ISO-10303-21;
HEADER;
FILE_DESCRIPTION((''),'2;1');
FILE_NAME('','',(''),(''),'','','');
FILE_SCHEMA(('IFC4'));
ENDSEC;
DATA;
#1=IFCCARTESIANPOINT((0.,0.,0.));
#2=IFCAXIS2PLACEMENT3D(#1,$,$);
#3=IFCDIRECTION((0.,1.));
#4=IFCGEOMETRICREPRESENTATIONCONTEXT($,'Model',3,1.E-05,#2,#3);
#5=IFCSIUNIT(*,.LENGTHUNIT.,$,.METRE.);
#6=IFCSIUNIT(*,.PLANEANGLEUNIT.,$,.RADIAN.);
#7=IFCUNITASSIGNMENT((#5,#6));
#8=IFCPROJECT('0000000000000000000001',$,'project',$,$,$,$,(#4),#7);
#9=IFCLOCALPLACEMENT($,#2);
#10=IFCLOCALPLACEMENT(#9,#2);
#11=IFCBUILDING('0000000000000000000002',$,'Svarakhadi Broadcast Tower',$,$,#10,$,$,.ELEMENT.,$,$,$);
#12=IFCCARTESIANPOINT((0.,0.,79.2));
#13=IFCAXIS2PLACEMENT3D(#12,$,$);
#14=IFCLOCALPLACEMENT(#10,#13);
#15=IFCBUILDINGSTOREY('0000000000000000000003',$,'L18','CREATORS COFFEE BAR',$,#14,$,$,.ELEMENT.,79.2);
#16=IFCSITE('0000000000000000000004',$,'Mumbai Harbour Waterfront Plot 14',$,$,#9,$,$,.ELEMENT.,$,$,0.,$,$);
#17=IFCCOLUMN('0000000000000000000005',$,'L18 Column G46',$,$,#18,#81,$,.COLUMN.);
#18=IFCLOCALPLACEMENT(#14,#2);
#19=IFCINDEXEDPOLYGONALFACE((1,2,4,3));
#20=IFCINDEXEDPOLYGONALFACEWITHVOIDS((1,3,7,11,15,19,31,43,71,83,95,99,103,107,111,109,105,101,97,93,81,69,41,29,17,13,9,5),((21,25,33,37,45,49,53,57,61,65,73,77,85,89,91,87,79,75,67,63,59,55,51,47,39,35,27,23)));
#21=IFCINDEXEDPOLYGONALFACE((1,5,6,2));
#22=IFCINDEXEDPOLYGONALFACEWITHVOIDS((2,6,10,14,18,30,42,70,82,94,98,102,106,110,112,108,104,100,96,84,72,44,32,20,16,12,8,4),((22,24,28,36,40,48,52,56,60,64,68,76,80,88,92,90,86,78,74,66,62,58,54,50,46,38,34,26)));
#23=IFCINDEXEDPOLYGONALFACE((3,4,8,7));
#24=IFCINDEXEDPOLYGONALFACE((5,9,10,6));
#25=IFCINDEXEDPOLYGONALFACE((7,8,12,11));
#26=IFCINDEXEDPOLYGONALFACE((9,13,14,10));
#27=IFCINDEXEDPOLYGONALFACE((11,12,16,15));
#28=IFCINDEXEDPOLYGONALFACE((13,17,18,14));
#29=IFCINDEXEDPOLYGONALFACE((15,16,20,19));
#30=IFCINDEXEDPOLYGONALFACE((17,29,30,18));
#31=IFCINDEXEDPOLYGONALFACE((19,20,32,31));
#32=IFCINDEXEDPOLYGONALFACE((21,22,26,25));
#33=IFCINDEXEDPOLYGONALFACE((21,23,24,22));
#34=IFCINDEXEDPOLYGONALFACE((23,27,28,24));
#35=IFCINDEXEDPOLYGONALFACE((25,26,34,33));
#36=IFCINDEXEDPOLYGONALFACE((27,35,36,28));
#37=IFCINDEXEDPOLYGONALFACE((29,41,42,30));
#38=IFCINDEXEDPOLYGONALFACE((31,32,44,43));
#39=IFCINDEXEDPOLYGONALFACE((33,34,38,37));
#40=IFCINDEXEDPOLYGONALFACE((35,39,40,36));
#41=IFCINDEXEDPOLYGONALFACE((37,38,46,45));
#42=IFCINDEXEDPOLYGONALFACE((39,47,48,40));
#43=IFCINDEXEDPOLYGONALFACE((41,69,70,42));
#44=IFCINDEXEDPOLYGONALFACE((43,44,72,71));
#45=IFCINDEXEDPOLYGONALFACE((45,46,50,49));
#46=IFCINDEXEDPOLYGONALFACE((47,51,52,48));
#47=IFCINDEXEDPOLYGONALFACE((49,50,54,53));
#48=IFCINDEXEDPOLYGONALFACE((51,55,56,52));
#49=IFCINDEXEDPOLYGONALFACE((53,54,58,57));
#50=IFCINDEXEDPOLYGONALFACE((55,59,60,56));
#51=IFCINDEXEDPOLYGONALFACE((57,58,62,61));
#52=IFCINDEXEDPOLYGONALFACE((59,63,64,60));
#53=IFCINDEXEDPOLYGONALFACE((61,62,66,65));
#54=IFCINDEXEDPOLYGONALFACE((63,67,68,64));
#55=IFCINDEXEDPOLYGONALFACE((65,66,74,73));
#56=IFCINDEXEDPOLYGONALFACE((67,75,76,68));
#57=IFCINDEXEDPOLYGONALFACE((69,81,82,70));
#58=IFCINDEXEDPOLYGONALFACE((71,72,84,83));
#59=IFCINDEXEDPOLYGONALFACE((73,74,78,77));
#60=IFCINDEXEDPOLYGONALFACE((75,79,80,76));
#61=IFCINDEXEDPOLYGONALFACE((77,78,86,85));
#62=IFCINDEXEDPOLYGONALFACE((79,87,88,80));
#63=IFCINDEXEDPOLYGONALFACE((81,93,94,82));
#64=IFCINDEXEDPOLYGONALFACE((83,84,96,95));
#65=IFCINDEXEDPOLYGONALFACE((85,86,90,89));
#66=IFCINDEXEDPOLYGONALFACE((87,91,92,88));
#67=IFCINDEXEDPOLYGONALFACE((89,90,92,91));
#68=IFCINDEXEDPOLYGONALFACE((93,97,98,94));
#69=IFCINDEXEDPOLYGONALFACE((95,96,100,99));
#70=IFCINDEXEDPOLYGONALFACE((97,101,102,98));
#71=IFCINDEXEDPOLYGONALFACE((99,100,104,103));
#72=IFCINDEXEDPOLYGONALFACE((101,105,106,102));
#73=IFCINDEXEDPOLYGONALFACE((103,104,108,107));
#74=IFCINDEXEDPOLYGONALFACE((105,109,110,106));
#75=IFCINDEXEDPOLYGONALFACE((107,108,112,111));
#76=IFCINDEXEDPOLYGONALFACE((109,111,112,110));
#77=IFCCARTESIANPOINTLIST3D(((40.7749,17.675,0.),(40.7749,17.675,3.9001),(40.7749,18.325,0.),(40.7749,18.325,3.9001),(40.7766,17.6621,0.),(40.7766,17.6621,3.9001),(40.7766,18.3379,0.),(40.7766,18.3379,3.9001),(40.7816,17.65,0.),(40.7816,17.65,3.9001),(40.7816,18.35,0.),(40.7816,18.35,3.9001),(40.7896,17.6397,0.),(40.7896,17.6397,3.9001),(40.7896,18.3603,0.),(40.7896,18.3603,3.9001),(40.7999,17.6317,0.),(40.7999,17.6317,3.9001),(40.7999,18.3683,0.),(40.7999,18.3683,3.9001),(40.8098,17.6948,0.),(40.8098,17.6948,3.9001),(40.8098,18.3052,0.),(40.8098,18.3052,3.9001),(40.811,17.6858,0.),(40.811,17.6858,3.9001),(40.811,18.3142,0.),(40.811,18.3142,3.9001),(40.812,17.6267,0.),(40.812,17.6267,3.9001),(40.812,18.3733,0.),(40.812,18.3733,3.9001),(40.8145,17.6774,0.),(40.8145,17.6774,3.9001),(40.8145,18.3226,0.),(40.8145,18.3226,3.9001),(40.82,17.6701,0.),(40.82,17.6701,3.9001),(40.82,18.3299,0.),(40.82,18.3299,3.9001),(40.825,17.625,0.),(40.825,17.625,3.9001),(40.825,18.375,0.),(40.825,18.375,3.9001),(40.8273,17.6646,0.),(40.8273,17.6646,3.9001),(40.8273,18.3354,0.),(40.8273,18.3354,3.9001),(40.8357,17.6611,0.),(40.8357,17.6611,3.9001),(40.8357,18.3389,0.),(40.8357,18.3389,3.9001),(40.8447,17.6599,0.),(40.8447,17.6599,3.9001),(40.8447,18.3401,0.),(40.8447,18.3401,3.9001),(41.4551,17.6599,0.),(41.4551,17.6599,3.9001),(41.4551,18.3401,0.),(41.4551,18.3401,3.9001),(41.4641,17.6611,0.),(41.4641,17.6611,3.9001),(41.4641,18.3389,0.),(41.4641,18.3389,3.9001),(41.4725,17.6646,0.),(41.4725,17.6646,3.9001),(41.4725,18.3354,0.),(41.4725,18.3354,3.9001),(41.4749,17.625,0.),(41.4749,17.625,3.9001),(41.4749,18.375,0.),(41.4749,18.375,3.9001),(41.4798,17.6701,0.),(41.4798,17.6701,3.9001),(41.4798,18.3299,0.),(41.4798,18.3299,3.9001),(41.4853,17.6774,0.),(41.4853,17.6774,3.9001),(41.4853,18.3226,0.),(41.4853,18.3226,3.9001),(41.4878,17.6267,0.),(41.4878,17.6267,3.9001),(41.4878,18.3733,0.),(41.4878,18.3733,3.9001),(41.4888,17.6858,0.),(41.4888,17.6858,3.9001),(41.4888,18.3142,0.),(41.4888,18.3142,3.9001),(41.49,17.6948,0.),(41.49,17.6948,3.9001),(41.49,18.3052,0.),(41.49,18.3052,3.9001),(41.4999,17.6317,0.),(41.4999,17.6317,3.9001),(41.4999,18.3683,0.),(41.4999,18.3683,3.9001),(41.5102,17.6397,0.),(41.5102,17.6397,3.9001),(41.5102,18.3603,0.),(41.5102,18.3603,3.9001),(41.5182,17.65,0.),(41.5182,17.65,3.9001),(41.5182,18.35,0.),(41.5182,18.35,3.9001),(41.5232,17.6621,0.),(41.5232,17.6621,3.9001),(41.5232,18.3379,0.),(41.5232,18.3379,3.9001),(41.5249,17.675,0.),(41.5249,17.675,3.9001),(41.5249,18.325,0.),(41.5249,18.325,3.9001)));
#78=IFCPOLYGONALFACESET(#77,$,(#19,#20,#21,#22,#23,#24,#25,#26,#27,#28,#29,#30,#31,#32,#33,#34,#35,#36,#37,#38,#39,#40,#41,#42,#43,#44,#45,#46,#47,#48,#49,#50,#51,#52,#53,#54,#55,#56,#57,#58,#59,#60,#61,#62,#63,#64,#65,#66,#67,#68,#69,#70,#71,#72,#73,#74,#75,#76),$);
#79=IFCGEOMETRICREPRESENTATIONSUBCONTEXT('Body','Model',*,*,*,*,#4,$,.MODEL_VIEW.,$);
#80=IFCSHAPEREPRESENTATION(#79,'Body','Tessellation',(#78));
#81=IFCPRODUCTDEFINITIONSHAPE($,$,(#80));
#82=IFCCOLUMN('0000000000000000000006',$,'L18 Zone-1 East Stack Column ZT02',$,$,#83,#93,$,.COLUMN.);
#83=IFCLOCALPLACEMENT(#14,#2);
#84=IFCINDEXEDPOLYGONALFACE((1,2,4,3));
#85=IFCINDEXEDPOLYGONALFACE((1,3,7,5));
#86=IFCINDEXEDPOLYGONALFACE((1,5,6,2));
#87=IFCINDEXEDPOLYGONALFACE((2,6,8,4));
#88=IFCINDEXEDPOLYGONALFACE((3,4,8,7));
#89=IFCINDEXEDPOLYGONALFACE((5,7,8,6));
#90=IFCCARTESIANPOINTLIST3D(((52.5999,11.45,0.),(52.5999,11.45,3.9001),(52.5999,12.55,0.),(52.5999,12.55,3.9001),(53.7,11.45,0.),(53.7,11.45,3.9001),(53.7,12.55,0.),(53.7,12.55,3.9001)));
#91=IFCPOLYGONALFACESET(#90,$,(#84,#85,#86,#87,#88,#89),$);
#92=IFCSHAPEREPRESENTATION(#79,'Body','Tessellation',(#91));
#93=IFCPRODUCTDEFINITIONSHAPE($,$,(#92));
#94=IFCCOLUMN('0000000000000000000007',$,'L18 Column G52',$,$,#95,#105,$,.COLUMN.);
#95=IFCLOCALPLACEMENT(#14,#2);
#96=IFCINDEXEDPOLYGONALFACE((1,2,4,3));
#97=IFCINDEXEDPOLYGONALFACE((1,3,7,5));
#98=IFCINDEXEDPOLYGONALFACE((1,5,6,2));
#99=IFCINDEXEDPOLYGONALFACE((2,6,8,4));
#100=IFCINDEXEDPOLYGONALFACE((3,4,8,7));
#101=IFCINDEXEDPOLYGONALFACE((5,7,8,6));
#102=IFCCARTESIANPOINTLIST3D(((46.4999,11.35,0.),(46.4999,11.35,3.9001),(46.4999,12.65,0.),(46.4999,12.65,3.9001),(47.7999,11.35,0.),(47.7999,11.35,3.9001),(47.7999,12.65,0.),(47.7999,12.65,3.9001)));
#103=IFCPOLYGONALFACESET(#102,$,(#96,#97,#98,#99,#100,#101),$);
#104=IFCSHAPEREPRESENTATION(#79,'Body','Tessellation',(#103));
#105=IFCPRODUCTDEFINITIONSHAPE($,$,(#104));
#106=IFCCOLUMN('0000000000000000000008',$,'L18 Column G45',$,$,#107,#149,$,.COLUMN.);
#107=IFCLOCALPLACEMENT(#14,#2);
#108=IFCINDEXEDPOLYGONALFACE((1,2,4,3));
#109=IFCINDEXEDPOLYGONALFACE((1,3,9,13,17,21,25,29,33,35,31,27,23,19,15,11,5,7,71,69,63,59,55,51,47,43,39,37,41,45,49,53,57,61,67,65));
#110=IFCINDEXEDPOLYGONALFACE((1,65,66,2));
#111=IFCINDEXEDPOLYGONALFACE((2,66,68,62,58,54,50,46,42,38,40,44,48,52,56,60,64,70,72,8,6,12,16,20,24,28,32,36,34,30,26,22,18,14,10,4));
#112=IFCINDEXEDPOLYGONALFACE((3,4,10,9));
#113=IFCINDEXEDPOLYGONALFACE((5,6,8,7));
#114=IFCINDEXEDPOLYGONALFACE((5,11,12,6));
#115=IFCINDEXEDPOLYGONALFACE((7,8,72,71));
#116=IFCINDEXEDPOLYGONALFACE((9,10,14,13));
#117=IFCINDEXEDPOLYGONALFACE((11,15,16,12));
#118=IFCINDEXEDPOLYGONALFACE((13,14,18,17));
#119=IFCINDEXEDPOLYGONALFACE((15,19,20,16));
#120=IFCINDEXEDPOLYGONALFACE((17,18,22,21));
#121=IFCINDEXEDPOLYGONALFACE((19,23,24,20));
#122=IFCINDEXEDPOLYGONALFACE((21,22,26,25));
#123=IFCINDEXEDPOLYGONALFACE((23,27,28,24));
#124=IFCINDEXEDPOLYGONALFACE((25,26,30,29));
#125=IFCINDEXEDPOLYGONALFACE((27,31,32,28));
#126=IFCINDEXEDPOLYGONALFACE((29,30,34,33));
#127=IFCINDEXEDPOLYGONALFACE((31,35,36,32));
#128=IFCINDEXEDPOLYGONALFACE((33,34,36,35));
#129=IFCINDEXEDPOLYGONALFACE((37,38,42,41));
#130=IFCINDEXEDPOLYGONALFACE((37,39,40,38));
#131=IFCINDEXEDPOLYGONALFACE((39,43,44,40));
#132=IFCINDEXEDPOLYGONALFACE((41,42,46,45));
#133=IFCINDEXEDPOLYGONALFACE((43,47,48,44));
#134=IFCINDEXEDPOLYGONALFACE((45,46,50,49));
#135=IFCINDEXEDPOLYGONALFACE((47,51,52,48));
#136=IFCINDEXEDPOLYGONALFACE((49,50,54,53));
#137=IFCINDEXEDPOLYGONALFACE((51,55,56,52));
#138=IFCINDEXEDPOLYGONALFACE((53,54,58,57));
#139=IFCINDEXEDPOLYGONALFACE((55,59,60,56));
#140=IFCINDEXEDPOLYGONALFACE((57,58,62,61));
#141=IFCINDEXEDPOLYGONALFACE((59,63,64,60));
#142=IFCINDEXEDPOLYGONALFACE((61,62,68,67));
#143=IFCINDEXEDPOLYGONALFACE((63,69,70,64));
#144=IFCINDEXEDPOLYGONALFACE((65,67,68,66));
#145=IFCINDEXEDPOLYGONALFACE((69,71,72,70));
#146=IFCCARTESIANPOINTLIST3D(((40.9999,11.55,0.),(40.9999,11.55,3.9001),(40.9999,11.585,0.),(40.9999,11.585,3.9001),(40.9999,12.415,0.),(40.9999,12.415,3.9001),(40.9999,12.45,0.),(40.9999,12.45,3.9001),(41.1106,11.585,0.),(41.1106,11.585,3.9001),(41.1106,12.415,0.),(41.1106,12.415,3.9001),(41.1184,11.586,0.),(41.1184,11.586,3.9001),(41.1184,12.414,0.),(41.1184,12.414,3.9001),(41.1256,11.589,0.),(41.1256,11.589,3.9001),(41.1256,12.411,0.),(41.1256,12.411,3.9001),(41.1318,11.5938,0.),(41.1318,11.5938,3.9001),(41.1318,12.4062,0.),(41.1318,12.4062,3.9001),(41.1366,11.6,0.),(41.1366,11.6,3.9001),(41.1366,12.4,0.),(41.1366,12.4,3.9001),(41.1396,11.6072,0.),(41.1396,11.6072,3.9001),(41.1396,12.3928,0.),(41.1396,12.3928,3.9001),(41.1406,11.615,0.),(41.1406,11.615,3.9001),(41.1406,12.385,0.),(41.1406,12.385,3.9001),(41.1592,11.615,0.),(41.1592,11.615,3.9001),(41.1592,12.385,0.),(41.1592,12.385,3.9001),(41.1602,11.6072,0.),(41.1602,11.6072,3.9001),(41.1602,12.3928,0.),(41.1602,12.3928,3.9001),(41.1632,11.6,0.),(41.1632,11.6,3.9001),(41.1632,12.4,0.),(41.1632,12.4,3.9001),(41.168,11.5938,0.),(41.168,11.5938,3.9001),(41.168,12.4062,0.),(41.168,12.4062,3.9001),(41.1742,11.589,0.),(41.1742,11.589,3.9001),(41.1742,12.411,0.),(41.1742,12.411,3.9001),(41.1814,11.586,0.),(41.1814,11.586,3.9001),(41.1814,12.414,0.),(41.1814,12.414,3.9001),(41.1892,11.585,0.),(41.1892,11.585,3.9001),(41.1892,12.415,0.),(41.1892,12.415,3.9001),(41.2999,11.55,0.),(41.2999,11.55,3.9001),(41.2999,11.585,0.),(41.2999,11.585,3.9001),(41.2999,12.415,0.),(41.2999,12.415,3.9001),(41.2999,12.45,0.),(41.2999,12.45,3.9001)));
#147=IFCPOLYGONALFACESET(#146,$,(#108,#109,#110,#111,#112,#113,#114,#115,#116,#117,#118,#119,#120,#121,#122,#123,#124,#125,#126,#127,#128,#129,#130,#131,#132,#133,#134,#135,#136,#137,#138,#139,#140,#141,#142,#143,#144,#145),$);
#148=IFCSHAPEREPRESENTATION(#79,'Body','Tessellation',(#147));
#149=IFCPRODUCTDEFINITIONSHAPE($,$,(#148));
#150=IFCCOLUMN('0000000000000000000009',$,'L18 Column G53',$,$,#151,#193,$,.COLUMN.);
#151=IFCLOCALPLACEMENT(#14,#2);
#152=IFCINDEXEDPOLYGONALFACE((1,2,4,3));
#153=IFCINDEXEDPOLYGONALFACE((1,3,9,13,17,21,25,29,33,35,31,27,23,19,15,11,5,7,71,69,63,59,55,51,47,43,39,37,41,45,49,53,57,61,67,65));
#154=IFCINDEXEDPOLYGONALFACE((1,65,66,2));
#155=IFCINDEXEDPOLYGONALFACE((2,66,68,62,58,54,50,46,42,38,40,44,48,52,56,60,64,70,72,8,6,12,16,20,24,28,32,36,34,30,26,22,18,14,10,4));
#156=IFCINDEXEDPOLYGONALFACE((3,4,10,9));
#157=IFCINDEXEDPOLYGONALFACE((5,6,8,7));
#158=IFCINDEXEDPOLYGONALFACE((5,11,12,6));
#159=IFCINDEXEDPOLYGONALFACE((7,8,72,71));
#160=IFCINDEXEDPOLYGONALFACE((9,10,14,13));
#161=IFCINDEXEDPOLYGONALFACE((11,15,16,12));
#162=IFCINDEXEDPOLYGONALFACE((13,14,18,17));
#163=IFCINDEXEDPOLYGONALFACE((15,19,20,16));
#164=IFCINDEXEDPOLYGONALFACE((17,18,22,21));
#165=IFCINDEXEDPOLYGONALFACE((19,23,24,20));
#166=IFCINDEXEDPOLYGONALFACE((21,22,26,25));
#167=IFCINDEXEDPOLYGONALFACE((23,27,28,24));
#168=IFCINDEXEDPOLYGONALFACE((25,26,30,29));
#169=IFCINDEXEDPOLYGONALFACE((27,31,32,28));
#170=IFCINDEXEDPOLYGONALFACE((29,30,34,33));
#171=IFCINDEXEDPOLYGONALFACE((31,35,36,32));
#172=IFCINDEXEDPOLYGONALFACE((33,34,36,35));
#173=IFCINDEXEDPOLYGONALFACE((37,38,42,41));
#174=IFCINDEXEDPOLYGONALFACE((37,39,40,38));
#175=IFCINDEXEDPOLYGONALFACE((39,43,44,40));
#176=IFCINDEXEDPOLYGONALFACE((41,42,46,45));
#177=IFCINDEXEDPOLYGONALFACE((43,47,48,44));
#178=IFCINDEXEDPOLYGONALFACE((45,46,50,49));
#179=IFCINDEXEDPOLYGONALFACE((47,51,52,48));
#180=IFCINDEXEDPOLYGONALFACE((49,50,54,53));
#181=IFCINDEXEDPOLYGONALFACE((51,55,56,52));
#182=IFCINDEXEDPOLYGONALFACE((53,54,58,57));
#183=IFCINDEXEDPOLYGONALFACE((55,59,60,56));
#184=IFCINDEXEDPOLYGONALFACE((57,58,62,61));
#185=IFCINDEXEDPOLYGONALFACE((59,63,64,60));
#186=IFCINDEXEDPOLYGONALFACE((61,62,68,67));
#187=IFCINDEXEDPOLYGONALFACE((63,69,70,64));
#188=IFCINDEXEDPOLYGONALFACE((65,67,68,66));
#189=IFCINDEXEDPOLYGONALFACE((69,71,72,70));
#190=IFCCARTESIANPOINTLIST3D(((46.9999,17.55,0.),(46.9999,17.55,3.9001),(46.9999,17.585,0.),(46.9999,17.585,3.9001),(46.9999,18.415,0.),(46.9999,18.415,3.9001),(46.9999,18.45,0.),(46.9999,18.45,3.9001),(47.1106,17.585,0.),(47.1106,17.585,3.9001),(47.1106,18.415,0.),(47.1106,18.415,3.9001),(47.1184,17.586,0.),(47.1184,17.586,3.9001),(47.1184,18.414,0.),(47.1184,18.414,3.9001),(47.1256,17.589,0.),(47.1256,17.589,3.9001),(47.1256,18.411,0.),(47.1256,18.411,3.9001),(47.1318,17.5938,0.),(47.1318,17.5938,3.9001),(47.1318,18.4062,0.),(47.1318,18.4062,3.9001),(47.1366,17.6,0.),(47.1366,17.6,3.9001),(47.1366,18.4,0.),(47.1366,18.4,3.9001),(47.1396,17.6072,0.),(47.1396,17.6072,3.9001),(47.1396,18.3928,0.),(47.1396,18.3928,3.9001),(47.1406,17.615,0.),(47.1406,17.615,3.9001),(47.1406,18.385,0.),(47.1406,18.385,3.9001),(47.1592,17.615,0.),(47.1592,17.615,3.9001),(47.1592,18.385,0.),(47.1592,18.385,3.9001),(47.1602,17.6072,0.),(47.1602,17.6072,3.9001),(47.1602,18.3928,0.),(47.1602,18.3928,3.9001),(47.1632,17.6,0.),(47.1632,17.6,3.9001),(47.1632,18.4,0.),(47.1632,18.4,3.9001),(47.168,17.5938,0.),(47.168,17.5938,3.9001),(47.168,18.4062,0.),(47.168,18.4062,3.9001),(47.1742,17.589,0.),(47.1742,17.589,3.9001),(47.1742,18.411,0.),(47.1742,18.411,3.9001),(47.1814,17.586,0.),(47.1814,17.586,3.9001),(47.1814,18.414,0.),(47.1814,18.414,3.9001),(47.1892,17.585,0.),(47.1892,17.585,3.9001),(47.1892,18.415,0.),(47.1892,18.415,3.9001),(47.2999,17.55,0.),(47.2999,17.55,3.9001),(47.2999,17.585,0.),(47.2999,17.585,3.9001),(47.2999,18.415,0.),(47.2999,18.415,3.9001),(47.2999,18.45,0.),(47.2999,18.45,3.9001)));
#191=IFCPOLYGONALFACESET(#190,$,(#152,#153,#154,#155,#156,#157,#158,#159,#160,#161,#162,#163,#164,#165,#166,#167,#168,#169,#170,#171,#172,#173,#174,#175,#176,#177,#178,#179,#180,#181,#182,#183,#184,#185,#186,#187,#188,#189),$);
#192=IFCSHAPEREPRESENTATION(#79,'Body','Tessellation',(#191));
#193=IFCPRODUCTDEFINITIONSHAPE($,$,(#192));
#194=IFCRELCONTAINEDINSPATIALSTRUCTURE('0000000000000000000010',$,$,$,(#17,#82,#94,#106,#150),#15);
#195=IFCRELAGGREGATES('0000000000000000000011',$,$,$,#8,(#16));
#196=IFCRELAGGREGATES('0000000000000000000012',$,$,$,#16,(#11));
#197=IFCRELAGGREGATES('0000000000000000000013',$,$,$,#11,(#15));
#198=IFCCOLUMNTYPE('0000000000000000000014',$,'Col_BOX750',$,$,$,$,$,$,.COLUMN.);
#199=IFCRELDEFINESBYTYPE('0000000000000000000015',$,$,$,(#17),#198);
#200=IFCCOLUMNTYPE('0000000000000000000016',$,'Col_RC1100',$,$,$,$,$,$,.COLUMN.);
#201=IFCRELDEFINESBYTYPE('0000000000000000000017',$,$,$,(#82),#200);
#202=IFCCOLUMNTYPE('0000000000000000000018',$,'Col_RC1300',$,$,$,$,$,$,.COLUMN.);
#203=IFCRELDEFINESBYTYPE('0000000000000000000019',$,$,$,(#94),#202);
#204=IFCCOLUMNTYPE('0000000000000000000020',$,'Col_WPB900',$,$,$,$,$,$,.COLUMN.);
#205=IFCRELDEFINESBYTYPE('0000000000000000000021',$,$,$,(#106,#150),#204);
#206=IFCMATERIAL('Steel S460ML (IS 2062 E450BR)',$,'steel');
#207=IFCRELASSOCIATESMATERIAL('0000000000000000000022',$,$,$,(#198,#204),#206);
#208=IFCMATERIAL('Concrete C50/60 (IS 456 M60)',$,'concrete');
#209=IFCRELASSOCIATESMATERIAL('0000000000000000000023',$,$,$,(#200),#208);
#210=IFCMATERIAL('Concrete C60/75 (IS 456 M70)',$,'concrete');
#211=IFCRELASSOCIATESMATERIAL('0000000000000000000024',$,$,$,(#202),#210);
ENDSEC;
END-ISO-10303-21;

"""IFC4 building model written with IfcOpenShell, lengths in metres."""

from ifc_helpers import new_model, si_unit, direction, frame, origin, origin_2d, place, context, subcontext, project, spatial, rectangle, hollow_rectangle, i_section, extrude, material, material_profile, profile_set, type_object, element, save


model = new_model("IFC4")

# Units and contexts
model_context = context("Model", 3, precision=1e-05, world=origin(), true_north=direction((0.0, 1.0)))
body_context = subcontext(model_context, "Body", "Model", "MODEL_VIEW")
ifc_project = project(units=[si_unit("LENGTHUNIT", "METRE"), si_unit("PLANEANGLEUNIT", "RADIAN")], contexts=[model_context])

# Site, building, storey
site_placement = place(None, origin())
site = spatial("IfcSite", under=ifc_project, at=site_placement, Name="Mumbai Harbour Waterfront Plot 14", CompositionType="ELEMENT", RefElevation=0.0)
building_placement = place(site_placement, origin())
building = spatial("IfcBuilding", under=site, at=building_placement, Name="Svarakhadi Broadcast Tower", CompositionType="ELEMENT")
storey_placement = place(building_placement, frame((0.0, 0.0, 79.2)))
storey = spatial("IfcBuildingStorey", under=building, at=storey_placement, Name="L18", Description="CREATORS COFFEE BAR", CompositionType="ELEMENT", Elevation=79.2)

# Columns
ifc_material_1 = material(Name="Steel S460ML (IS 2062 E450BR)", Category="steel")
ifc_material_profile_1 = material_profile(ifc_material_1, hollow_rectangle(XDim=0.75, YDim=0.75, WallThickness=0.0349, InnerFilletRadius=0.0349, OuterFilletRadius=0.05, at=origin_2d()), Name="BOX 750x750x35")
ifc_profile_set_1 = profile_set([ifc_material_profile_1], Name="Steel S460ML (IS 2062 E450BR)")
column_type_1 = type_object("IfcColumnType", Name="Col_BOX750", PredefinedType="COLUMN", material=ifc_profile_set_1)
column_1_placement = place(storey_placement, frame((41.1499, 18.0, 0.0), z_axis=(0.0, 0.0, 1.0), x_axis=(1.0, 0.0, 0.0)))
element("IfcColumn", 1, at=column_1_placement, inside=storey, type_object=column_type_1, Name="L18 Column G46", PredefinedType="COLUMN", context=body_context, shape_type="SweptSolid", body=[
    extrude(hollow_rectangle(XDim=0.75, YDim=0.75, WallThickness=0.0349, InnerFilletRadius=0.0349, OuterFilletRadius=0.05, at=origin_2d()), origin(), (0.0, 0.0, 1.0), 3.9001),
])
ifc_material_2 = material(Name="Concrete C50/60 (IS 456 M60)", Category="concrete")
ifc_material_profile_2 = material_profile(ifc_material_2, rectangle(XDim=1.1001, YDim=1.1001, at=origin_2d()), Name="RC 1100x1100")
ifc_profile_set_2 = profile_set([ifc_material_profile_2], Name="Concrete C50/60 (IS 456 M60)")
column_type_2 = type_object("IfcColumnType", Name="Col_RC1100", PredefinedType="COLUMN", material=ifc_profile_set_2)
column_2_placement = place(storey_placement, frame((53.1499, 12.0, 0.0), z_axis=(0.0, 0.0, 1.0), x_axis=(1.0, 0.0, 0.0)))
element("IfcColumn", 2, at=column_2_placement, inside=storey, type_object=column_type_2, Name="L18 Zone-1 East Stack Column ZT02", PredefinedType="COLUMN", context=body_context, shape_type="SweptSolid", body=[
    extrude(rectangle(XDim=1.1001, YDim=1.1001, at=origin_2d()), origin(), (0.0, 0.0, 1.0), 3.9001),
])
ifc_material_3 = material(Name="Concrete C60/75 (IS 456 M70)", Category="concrete")
ifc_material_profile_3 = material_profile(ifc_material_3, rectangle(XDim=1.3, YDim=1.3, at=origin_2d()), Name="RC 1300x1300")
ifc_profile_set_3 = profile_set([ifc_material_profile_3], Name="Concrete C60/75 (IS 456 M70)")
column_type_3 = type_object("IfcColumnType", Name="Col_RC1300", PredefinedType="COLUMN", material=ifc_profile_set_3)
column_3_placement = place(storey_placement, frame((47.1499, 12.0, 0.0), z_axis=(0.0, 0.0, 1.0), x_axis=(1.0, 0.0, 0.0)))
element("IfcColumn", 3, at=column_3_placement, inside=storey, type_object=column_type_3, Name="L18 Column G52", PredefinedType="COLUMN", context=body_context, shape_type="SweptSolid", body=[
    extrude(rectangle(XDim=1.3, YDim=1.3, at=origin_2d()), origin(), (0.0, 0.0, 1.0), 3.9001),
])
ifc_material_profile_4 = material_profile(ifc_material_1, i_section(OverallWidth=0.3, OverallDepth=0.8999, WebThickness=0.0186, FlangeThickness=0.0349, FilletRadius=0.03, at=origin_2d()), Name="WPB 900x300x291")
ifc_profile_set_4 = profile_set([ifc_material_profile_4], Name="Steel S460ML (IS 2062 E450BR)")
column_type_4 = type_object("IfcColumnType", Name="Col_WPB900", PredefinedType="COLUMN", material=ifc_profile_set_4)
for number, where, z_axis, x_axis, name in (
    (4, (41.1499, 12.0, 0.0), (0.0, 0.0, 1.0), (1.0, 0.0, 0.0), "L18 Column G45"),
    (5, (47.1499, 18.0, 0.0), (0.0, 0.0, 1.0), (1.0, 0.0, 0.0), "L18 Column G53"),
):
    element("IfcColumn", number, at=place(storey_placement, frame(where, z_axis=z_axis, x_axis=x_axis)), inside=storey, type_object=column_type_4, Name=name, PredefinedType="COLUMN", context=body_context, shape_type="SweptSolid", body=[
        extrude(i_section(OverallWidth=0.3, OverallDepth=0.8999, WebThickness=0.0186, FlangeThickness=0.0349, FilletRadius=0.03, at=origin_2d()), origin(), (0.0, 0.0, 1.0), 3.9001),
    ])

save(model, "model.ifc")
